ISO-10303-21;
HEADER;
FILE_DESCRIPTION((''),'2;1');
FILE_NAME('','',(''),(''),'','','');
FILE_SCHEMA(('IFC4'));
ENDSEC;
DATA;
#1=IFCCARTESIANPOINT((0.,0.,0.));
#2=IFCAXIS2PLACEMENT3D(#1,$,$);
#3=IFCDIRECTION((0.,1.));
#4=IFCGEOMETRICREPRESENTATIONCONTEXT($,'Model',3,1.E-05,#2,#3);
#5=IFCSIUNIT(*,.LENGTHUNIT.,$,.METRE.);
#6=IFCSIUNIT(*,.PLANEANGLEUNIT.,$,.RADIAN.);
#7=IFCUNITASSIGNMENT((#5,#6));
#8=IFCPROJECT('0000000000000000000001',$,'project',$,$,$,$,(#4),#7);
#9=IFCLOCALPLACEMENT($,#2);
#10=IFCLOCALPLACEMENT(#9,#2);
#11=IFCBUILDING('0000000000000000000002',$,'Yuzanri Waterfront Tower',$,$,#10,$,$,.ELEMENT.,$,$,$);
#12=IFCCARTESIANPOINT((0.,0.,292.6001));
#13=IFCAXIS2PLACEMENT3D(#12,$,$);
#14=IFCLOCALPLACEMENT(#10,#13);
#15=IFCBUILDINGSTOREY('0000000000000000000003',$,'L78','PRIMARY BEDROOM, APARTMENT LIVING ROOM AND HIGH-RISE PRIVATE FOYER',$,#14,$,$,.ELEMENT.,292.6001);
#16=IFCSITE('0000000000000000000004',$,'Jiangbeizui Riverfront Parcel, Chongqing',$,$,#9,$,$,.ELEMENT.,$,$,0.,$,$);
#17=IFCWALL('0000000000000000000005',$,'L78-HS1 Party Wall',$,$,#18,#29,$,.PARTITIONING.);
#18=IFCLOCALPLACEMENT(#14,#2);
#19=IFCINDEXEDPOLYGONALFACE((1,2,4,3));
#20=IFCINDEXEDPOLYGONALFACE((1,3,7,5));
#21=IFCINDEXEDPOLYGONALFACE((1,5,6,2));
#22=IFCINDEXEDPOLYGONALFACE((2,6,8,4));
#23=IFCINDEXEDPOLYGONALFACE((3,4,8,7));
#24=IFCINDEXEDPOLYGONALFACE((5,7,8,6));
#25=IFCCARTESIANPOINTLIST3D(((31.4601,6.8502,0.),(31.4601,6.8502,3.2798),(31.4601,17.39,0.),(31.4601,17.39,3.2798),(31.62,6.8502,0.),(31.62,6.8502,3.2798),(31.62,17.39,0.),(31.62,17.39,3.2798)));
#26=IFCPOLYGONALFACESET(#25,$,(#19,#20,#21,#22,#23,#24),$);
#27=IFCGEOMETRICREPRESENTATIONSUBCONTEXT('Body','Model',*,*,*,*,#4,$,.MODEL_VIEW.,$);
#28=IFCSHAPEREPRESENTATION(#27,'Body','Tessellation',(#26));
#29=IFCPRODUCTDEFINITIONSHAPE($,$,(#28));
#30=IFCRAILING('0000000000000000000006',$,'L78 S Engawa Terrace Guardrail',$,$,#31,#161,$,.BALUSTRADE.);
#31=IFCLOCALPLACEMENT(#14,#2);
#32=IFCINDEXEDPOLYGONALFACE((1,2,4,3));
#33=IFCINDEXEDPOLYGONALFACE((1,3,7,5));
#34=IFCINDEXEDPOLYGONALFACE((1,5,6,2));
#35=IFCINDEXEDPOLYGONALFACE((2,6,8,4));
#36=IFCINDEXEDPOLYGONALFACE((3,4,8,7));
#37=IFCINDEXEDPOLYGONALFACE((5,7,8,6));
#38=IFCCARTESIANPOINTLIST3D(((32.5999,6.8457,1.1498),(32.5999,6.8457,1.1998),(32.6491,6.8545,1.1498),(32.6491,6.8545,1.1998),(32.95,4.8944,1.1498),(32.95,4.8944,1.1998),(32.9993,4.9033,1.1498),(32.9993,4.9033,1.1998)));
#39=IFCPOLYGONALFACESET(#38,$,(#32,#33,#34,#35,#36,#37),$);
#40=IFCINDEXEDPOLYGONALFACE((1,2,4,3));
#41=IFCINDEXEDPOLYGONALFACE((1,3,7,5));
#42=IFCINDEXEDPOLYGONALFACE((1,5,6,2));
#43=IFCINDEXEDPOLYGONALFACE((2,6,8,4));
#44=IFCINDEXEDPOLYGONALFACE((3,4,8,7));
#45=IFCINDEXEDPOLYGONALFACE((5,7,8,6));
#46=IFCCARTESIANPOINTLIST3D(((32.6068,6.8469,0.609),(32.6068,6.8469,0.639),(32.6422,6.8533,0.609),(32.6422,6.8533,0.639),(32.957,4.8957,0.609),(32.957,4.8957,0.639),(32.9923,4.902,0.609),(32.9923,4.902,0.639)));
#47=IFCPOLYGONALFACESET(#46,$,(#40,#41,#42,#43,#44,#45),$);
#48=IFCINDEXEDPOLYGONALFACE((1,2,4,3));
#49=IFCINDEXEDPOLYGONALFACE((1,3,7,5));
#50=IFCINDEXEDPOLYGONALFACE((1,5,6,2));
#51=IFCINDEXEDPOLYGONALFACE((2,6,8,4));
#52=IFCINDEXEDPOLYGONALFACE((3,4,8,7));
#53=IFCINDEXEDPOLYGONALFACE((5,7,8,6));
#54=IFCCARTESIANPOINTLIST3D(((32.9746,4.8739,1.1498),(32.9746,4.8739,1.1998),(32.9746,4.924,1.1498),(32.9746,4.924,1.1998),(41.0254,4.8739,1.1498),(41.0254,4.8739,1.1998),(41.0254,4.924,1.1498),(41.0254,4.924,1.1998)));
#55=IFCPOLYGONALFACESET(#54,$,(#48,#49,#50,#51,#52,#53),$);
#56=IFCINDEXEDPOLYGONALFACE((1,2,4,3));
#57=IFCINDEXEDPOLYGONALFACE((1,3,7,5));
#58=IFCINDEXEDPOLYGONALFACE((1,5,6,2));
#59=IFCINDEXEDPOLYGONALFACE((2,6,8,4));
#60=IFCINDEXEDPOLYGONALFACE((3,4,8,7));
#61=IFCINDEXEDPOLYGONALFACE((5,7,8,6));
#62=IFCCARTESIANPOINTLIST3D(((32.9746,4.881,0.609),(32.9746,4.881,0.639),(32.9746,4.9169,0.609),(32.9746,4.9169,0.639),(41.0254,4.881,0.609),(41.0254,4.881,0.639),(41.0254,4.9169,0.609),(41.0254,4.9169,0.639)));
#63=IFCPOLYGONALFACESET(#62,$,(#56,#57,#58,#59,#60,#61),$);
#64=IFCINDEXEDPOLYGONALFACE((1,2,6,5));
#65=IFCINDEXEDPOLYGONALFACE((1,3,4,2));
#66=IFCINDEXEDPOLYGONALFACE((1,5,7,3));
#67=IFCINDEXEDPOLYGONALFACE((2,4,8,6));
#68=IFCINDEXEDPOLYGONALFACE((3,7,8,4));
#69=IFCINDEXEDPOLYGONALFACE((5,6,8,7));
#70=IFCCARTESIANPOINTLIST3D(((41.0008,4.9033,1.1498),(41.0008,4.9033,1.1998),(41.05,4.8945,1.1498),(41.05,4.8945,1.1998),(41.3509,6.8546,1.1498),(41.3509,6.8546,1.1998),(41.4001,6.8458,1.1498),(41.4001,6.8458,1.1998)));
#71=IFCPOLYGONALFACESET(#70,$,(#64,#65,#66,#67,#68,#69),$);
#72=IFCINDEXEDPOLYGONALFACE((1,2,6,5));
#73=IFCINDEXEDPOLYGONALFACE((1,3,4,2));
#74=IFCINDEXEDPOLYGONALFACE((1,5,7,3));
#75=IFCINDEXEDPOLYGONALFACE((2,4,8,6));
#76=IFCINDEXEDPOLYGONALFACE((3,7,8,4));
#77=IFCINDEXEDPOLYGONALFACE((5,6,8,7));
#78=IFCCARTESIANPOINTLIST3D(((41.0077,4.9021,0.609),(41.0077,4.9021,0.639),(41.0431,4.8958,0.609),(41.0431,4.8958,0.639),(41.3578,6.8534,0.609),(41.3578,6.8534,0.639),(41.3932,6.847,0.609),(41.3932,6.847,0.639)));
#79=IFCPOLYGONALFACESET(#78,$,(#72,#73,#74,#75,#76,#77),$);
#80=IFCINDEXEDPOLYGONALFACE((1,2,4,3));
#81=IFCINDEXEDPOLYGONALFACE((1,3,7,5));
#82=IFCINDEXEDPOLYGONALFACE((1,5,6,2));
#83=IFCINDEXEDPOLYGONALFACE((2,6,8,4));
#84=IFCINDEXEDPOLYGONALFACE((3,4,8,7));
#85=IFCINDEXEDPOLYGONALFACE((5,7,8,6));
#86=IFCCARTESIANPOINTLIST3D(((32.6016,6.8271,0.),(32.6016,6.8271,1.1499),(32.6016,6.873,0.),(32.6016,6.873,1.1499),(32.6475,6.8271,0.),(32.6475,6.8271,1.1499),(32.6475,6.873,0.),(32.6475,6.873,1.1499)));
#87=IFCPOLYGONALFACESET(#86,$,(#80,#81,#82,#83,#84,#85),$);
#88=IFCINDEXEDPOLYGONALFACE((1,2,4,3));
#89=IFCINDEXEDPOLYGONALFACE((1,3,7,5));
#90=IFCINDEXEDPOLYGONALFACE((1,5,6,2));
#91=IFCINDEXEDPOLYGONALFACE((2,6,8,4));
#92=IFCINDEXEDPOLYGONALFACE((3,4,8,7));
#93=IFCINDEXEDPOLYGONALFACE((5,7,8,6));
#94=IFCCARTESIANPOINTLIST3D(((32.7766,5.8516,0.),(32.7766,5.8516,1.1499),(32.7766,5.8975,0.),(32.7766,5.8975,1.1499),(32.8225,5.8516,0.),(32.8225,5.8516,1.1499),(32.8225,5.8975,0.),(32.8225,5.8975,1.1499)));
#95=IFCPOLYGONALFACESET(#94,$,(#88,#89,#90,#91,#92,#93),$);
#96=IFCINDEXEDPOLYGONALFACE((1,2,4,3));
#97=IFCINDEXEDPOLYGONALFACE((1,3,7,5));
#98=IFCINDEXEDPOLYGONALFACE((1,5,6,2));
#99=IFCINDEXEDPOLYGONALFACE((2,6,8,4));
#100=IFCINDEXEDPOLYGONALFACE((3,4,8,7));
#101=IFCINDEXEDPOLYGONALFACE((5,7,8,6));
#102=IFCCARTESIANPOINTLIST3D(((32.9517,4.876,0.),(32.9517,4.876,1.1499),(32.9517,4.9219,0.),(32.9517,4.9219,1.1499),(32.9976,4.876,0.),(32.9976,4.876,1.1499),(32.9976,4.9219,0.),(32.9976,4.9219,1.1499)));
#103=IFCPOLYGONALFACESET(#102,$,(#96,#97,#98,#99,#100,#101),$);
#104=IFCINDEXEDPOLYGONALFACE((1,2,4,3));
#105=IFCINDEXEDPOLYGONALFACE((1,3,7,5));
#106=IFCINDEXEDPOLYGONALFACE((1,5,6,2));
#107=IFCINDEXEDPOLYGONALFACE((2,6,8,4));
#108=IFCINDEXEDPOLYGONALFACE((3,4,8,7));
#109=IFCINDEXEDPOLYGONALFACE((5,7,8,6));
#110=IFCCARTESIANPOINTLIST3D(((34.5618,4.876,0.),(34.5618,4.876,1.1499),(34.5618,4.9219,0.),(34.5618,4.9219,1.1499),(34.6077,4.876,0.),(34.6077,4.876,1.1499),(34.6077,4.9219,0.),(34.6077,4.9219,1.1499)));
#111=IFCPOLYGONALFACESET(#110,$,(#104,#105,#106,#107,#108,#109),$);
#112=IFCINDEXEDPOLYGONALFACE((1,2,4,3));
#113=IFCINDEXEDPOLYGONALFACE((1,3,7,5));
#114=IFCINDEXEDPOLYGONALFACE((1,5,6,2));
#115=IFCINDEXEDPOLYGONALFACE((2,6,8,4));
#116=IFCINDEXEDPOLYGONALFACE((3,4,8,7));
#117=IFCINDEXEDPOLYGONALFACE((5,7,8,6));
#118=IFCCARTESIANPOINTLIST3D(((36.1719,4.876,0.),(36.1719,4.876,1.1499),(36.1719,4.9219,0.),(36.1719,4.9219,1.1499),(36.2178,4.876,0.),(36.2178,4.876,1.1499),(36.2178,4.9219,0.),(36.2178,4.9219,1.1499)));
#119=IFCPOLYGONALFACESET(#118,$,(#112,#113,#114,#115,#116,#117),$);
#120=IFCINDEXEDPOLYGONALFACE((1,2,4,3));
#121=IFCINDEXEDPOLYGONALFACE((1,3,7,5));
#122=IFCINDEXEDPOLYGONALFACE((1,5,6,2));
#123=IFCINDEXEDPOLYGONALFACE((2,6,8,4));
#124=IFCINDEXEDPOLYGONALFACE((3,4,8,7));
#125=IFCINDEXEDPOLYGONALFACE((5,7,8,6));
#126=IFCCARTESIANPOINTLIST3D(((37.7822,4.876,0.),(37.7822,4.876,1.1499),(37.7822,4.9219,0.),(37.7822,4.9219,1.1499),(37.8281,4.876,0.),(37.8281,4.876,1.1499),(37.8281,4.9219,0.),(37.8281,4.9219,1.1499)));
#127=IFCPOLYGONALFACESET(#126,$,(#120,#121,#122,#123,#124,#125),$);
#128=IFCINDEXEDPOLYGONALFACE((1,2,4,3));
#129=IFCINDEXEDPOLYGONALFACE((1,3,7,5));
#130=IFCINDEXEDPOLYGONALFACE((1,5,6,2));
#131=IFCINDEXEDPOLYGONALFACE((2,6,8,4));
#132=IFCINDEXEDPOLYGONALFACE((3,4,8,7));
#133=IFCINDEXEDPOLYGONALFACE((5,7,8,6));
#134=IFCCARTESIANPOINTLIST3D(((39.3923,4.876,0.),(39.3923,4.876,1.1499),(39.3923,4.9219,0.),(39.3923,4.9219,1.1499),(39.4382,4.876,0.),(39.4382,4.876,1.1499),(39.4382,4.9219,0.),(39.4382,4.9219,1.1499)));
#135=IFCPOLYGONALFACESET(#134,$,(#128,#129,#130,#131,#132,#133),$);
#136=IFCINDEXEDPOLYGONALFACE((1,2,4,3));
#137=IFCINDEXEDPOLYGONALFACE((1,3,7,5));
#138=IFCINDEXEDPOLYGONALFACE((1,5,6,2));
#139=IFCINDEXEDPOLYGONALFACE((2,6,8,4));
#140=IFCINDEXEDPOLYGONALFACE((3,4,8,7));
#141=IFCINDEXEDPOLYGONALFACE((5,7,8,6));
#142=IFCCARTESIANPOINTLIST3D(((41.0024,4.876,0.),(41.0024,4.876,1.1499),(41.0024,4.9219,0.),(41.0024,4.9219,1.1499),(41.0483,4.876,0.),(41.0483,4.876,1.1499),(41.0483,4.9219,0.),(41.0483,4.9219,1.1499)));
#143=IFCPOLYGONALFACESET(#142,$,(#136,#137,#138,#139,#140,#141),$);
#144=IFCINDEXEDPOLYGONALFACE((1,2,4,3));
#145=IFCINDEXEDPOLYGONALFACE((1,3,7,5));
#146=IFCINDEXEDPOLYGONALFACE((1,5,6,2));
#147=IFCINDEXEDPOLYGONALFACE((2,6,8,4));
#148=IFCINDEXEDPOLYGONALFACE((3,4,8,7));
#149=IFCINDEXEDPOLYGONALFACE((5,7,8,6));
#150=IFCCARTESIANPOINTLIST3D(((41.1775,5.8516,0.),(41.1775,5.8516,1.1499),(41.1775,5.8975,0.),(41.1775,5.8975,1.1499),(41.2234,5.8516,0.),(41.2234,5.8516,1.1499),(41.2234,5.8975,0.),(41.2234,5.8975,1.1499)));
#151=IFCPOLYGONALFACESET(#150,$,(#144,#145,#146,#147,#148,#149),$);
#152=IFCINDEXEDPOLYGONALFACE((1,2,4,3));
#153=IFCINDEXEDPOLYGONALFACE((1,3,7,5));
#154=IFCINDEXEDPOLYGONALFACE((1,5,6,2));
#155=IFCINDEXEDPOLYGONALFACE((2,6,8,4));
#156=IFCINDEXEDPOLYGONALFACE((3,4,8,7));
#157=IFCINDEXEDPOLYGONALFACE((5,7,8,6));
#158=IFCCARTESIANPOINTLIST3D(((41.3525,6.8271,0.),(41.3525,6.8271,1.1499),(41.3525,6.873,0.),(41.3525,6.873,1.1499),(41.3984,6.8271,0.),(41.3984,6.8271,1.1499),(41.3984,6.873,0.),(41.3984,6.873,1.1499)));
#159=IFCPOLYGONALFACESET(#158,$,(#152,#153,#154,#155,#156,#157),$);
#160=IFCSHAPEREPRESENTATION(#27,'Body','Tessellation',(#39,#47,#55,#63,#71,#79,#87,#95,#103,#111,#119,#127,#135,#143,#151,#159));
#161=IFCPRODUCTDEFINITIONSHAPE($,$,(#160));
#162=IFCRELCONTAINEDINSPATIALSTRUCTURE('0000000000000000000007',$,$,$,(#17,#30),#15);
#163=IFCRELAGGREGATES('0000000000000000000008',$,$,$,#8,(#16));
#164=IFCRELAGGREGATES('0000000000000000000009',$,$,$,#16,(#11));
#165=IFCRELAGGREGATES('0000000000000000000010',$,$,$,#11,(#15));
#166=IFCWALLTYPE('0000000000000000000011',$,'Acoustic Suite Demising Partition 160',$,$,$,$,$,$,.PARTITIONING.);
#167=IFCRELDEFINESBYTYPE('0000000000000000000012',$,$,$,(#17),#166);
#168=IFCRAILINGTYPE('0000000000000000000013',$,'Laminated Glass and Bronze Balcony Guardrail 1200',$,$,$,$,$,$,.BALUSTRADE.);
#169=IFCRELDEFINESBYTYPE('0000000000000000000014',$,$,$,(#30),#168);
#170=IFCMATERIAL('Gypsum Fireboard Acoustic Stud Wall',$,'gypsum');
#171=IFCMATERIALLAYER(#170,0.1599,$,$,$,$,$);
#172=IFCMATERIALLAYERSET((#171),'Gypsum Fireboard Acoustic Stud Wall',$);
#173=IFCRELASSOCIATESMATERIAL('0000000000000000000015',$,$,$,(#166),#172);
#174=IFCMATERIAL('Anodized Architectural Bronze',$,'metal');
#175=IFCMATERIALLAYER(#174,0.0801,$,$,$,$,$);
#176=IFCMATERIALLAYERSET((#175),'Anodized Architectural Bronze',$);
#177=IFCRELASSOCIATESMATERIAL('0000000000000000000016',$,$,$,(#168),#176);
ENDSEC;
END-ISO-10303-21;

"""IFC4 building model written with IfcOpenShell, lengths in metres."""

from ifc_helpers import new_model, si_unit, direction, frame, frame_2d, origin, origin_2d, place, context, subcontext, project, spatial, rectangle, extrude, source, transform, mapped, material, layer, layer_set, type_object, element, save


model = new_model("IFC4")

# Units and contexts
model_context = context("Model", 3, precision=1e-05, world=origin(), true_north=direction((0.0, 1.0)))
body_context = subcontext(model_context, "Body", "Model", "MODEL_VIEW")
ifc_project = project(units=[si_unit("LENGTHUNIT", "METRE"), si_unit("PLANEANGLEUNIT", "RADIAN")], contexts=[model_context])

# Site, building, storey
site_placement = place(None, origin())
site = spatial("IfcSite", under=ifc_project, at=site_placement, Name="Jiangbeizui Riverfront Parcel, Chongqing", CompositionType="ELEMENT", RefElevation=0.0)
building_placement = place(site_placement, origin())
building = spatial("IfcBuilding", under=site, at=building_placement, Name="Yuzanri Waterfront Tower", CompositionType="ELEMENT")
storey_placement = place(building_placement, frame((0.0, 0.0, 292.6001)))
storey = spatial("IfcBuildingStorey", under=building, at=storey_placement, Name="L78", Description="PRIMARY BEDROOM, APARTMENT LIVING ROOM AND HIGH-RISE PRIVATE FOYER", CompositionType="ELEMENT", Elevation=292.6001)

# Wall
ifc_material_1 = material(Name="Gypsum Fireboard Acoustic Stud Wall", Category="gypsum")
ifc_layer_1 = layer(ifc_material_1, 0.1599)
ifc_layer_set_1 = layer_set([ifc_layer_1], Name="Gypsum Fireboard Acoustic Stud Wall")
wall_type_1 = type_object("IfcWallType", Name="Acoustic Suite Demising Partition 160", PredefinedType="PARTITIONING", material=ifc_layer_set_1)
shared_shape_1 = source(origin(), body_context, "Body", "SweptSolid", [
    extrude(rectangle(XDim=10.5398, YDim=0.1599, at=frame_2d((5.27, 0.0))), origin(), (0.0, 0.0, 1.0), 3.2798),
])
wall_1_placement = place(storey_placement, frame((31.54, 6.8501, 0.0), z_axis=(0.0, 0.0, 1.0), x_axis=(0.0, 1.0, 0.0)))
element("IfcWall", 1, at=wall_1_placement, inside=storey, type_object=wall_type_1, Name="L78-HS1 Party Wall", PredefinedType="PARTITIONING", context=body_context, shape_type="MappedRepresentation", body=[
    mapped(shared_shape_1, transform((0.0, 0.0, 0.0), scale=1.0)),
])

# Railing
ifc_material_2 = material(Name="Anodized Architectural Bronze", Category="metal")
ifc_layer_2 = layer(ifc_material_2, 0.0801)
ifc_layer_set_2 = layer_set([ifc_layer_2], Name="Anodized Architectural Bronze")
railing_type = type_object("IfcRailingType", Name="Laminated Glass and Bronze Balcony Guardrail 1200", PredefinedType="BALUSTRADE", material=ifc_layer_set_2)
shared_shape_2 = source(origin(), body_context, "Body", "SweptSolid", [
    extrude(rectangle(XDim=0.05, YDim=0.05, at=origin_2d()), frame((0.0, 0.0, 1.1748), z_axis=(0.176609, -0.984281, 0.0), x_axis=(0.984281, 0.176609, 0.0)), (0.0, 0.0, 1.0), 1.9824),
    extrude(rectangle(XDim=0.0359, YDim=0.03, at=origin_2d()), frame((0.0, 0.0, 0.624), z_axis=(0.176609, -0.984281, 0.0), x_axis=(0.984281, 0.176609, 0.0)), (0.0, 0.0, 1.0), 1.9824),
    extrude(rectangle(XDim=0.05, YDim=0.05, at=origin_2d()), frame((0.3501, -1.9512, 1.1748), z_axis=(1.0, 0.0, 0.0), x_axis=(0.0, 1.0, 0.0)), (0.0, 0.0, 1.0), 8.0508),
    extrude(rectangle(XDim=0.0359, YDim=0.03, at=origin_2d()), frame((0.3501, -1.9512, 0.624), z_axis=(1.0, 0.0, 0.0), x_axis=(0.0, 1.0, 0.0)), (0.0, 0.0, 1.0), 8.0508),
    extrude(rectangle(XDim=0.05, YDim=0.05, at=origin_2d()), frame((8.4009, -1.9512, 1.1748), z_axis=(0.176609, 0.984281, 0.0), x_axis=(-0.984281, 0.176609, 0.0)), (0.0, 0.0, 1.0), 1.9824),
    extrude(rectangle(XDim=0.0359, YDim=0.03, at=origin_2d()), frame((8.4009, -1.9512, 0.624), z_axis=(0.176609, 0.984281, 0.0), x_axis=(-0.984281, 0.176609, 0.0)), (0.0, 0.0, 1.0), 1.9824),
    extrude(rectangle(XDim=0.0459, YDim=0.0459, at=origin_2d()), origin(), (0.0, 0.0, 1.0), 1.1499),
    extrude(rectangle(XDim=0.0459, YDim=0.0459, at=origin_2d()), frame((0.175, -0.9756, 0.0)), (0.0, 0.0, 1.0), 1.1499),
    extrude(rectangle(XDim=0.0459, YDim=0.0459, at=origin_2d()), frame((0.3501, -1.9512, 0.0)), (0.0, 0.0, 1.0), 1.1499),
    extrude(rectangle(XDim=0.0459, YDim=0.0459, at=origin_2d()), frame((1.9602, -1.9512, 0.0)), (0.0, 0.0, 1.0), 1.1499),
    extrude(rectangle(XDim=0.0459, YDim=0.0459, at=origin_2d()), frame((3.5703, -1.9512, 0.0)), (0.0, 0.0, 1.0), 1.1499),
    extrude(rectangle(XDim=0.0459, YDim=0.0459, at=origin_2d()), frame((5.1807, -1.9512, 0.0)), (0.0, 0.0, 1.0), 1.1499),
    extrude(rectangle(XDim=0.0459, YDim=0.0459, at=origin_2d()), frame((6.7908, -1.9512, 0.0)), (0.0, 0.0, 1.0), 1.1499),
    extrude(rectangle(XDim=0.0459, YDim=0.0459, at=origin_2d()), frame((8.4009, -1.9512, 0.0)), (0.0, 0.0, 1.0), 1.1499),
    extrude(rectangle(XDim=0.0459, YDim=0.0459, at=origin_2d()), frame((8.5759, -0.9756, 0.0)), (0.0, 0.0, 1.0), 1.1499),
    extrude(rectangle(XDim=0.0459, YDim=0.0459, at=origin_2d()), frame((8.751, 0.0, 0.0)), (0.0, 0.0, 1.0), 1.1499),
])
railing_placement = place(storey_placement, frame((32.6245, 6.8501, 0.0)))
element("IfcRailing", 2, at=railing_placement, inside=storey, type_object=railing_type, Name="L78 S Engawa Terrace Guardrail", PredefinedType="BALUSTRADE", context=body_context, shape_type="MappedRepresentation", body=[
    mapped(shared_shape_2, transform((0.0, 0.0, 0.0), scale=1.0)),
])

save(model, "model.ifc")
